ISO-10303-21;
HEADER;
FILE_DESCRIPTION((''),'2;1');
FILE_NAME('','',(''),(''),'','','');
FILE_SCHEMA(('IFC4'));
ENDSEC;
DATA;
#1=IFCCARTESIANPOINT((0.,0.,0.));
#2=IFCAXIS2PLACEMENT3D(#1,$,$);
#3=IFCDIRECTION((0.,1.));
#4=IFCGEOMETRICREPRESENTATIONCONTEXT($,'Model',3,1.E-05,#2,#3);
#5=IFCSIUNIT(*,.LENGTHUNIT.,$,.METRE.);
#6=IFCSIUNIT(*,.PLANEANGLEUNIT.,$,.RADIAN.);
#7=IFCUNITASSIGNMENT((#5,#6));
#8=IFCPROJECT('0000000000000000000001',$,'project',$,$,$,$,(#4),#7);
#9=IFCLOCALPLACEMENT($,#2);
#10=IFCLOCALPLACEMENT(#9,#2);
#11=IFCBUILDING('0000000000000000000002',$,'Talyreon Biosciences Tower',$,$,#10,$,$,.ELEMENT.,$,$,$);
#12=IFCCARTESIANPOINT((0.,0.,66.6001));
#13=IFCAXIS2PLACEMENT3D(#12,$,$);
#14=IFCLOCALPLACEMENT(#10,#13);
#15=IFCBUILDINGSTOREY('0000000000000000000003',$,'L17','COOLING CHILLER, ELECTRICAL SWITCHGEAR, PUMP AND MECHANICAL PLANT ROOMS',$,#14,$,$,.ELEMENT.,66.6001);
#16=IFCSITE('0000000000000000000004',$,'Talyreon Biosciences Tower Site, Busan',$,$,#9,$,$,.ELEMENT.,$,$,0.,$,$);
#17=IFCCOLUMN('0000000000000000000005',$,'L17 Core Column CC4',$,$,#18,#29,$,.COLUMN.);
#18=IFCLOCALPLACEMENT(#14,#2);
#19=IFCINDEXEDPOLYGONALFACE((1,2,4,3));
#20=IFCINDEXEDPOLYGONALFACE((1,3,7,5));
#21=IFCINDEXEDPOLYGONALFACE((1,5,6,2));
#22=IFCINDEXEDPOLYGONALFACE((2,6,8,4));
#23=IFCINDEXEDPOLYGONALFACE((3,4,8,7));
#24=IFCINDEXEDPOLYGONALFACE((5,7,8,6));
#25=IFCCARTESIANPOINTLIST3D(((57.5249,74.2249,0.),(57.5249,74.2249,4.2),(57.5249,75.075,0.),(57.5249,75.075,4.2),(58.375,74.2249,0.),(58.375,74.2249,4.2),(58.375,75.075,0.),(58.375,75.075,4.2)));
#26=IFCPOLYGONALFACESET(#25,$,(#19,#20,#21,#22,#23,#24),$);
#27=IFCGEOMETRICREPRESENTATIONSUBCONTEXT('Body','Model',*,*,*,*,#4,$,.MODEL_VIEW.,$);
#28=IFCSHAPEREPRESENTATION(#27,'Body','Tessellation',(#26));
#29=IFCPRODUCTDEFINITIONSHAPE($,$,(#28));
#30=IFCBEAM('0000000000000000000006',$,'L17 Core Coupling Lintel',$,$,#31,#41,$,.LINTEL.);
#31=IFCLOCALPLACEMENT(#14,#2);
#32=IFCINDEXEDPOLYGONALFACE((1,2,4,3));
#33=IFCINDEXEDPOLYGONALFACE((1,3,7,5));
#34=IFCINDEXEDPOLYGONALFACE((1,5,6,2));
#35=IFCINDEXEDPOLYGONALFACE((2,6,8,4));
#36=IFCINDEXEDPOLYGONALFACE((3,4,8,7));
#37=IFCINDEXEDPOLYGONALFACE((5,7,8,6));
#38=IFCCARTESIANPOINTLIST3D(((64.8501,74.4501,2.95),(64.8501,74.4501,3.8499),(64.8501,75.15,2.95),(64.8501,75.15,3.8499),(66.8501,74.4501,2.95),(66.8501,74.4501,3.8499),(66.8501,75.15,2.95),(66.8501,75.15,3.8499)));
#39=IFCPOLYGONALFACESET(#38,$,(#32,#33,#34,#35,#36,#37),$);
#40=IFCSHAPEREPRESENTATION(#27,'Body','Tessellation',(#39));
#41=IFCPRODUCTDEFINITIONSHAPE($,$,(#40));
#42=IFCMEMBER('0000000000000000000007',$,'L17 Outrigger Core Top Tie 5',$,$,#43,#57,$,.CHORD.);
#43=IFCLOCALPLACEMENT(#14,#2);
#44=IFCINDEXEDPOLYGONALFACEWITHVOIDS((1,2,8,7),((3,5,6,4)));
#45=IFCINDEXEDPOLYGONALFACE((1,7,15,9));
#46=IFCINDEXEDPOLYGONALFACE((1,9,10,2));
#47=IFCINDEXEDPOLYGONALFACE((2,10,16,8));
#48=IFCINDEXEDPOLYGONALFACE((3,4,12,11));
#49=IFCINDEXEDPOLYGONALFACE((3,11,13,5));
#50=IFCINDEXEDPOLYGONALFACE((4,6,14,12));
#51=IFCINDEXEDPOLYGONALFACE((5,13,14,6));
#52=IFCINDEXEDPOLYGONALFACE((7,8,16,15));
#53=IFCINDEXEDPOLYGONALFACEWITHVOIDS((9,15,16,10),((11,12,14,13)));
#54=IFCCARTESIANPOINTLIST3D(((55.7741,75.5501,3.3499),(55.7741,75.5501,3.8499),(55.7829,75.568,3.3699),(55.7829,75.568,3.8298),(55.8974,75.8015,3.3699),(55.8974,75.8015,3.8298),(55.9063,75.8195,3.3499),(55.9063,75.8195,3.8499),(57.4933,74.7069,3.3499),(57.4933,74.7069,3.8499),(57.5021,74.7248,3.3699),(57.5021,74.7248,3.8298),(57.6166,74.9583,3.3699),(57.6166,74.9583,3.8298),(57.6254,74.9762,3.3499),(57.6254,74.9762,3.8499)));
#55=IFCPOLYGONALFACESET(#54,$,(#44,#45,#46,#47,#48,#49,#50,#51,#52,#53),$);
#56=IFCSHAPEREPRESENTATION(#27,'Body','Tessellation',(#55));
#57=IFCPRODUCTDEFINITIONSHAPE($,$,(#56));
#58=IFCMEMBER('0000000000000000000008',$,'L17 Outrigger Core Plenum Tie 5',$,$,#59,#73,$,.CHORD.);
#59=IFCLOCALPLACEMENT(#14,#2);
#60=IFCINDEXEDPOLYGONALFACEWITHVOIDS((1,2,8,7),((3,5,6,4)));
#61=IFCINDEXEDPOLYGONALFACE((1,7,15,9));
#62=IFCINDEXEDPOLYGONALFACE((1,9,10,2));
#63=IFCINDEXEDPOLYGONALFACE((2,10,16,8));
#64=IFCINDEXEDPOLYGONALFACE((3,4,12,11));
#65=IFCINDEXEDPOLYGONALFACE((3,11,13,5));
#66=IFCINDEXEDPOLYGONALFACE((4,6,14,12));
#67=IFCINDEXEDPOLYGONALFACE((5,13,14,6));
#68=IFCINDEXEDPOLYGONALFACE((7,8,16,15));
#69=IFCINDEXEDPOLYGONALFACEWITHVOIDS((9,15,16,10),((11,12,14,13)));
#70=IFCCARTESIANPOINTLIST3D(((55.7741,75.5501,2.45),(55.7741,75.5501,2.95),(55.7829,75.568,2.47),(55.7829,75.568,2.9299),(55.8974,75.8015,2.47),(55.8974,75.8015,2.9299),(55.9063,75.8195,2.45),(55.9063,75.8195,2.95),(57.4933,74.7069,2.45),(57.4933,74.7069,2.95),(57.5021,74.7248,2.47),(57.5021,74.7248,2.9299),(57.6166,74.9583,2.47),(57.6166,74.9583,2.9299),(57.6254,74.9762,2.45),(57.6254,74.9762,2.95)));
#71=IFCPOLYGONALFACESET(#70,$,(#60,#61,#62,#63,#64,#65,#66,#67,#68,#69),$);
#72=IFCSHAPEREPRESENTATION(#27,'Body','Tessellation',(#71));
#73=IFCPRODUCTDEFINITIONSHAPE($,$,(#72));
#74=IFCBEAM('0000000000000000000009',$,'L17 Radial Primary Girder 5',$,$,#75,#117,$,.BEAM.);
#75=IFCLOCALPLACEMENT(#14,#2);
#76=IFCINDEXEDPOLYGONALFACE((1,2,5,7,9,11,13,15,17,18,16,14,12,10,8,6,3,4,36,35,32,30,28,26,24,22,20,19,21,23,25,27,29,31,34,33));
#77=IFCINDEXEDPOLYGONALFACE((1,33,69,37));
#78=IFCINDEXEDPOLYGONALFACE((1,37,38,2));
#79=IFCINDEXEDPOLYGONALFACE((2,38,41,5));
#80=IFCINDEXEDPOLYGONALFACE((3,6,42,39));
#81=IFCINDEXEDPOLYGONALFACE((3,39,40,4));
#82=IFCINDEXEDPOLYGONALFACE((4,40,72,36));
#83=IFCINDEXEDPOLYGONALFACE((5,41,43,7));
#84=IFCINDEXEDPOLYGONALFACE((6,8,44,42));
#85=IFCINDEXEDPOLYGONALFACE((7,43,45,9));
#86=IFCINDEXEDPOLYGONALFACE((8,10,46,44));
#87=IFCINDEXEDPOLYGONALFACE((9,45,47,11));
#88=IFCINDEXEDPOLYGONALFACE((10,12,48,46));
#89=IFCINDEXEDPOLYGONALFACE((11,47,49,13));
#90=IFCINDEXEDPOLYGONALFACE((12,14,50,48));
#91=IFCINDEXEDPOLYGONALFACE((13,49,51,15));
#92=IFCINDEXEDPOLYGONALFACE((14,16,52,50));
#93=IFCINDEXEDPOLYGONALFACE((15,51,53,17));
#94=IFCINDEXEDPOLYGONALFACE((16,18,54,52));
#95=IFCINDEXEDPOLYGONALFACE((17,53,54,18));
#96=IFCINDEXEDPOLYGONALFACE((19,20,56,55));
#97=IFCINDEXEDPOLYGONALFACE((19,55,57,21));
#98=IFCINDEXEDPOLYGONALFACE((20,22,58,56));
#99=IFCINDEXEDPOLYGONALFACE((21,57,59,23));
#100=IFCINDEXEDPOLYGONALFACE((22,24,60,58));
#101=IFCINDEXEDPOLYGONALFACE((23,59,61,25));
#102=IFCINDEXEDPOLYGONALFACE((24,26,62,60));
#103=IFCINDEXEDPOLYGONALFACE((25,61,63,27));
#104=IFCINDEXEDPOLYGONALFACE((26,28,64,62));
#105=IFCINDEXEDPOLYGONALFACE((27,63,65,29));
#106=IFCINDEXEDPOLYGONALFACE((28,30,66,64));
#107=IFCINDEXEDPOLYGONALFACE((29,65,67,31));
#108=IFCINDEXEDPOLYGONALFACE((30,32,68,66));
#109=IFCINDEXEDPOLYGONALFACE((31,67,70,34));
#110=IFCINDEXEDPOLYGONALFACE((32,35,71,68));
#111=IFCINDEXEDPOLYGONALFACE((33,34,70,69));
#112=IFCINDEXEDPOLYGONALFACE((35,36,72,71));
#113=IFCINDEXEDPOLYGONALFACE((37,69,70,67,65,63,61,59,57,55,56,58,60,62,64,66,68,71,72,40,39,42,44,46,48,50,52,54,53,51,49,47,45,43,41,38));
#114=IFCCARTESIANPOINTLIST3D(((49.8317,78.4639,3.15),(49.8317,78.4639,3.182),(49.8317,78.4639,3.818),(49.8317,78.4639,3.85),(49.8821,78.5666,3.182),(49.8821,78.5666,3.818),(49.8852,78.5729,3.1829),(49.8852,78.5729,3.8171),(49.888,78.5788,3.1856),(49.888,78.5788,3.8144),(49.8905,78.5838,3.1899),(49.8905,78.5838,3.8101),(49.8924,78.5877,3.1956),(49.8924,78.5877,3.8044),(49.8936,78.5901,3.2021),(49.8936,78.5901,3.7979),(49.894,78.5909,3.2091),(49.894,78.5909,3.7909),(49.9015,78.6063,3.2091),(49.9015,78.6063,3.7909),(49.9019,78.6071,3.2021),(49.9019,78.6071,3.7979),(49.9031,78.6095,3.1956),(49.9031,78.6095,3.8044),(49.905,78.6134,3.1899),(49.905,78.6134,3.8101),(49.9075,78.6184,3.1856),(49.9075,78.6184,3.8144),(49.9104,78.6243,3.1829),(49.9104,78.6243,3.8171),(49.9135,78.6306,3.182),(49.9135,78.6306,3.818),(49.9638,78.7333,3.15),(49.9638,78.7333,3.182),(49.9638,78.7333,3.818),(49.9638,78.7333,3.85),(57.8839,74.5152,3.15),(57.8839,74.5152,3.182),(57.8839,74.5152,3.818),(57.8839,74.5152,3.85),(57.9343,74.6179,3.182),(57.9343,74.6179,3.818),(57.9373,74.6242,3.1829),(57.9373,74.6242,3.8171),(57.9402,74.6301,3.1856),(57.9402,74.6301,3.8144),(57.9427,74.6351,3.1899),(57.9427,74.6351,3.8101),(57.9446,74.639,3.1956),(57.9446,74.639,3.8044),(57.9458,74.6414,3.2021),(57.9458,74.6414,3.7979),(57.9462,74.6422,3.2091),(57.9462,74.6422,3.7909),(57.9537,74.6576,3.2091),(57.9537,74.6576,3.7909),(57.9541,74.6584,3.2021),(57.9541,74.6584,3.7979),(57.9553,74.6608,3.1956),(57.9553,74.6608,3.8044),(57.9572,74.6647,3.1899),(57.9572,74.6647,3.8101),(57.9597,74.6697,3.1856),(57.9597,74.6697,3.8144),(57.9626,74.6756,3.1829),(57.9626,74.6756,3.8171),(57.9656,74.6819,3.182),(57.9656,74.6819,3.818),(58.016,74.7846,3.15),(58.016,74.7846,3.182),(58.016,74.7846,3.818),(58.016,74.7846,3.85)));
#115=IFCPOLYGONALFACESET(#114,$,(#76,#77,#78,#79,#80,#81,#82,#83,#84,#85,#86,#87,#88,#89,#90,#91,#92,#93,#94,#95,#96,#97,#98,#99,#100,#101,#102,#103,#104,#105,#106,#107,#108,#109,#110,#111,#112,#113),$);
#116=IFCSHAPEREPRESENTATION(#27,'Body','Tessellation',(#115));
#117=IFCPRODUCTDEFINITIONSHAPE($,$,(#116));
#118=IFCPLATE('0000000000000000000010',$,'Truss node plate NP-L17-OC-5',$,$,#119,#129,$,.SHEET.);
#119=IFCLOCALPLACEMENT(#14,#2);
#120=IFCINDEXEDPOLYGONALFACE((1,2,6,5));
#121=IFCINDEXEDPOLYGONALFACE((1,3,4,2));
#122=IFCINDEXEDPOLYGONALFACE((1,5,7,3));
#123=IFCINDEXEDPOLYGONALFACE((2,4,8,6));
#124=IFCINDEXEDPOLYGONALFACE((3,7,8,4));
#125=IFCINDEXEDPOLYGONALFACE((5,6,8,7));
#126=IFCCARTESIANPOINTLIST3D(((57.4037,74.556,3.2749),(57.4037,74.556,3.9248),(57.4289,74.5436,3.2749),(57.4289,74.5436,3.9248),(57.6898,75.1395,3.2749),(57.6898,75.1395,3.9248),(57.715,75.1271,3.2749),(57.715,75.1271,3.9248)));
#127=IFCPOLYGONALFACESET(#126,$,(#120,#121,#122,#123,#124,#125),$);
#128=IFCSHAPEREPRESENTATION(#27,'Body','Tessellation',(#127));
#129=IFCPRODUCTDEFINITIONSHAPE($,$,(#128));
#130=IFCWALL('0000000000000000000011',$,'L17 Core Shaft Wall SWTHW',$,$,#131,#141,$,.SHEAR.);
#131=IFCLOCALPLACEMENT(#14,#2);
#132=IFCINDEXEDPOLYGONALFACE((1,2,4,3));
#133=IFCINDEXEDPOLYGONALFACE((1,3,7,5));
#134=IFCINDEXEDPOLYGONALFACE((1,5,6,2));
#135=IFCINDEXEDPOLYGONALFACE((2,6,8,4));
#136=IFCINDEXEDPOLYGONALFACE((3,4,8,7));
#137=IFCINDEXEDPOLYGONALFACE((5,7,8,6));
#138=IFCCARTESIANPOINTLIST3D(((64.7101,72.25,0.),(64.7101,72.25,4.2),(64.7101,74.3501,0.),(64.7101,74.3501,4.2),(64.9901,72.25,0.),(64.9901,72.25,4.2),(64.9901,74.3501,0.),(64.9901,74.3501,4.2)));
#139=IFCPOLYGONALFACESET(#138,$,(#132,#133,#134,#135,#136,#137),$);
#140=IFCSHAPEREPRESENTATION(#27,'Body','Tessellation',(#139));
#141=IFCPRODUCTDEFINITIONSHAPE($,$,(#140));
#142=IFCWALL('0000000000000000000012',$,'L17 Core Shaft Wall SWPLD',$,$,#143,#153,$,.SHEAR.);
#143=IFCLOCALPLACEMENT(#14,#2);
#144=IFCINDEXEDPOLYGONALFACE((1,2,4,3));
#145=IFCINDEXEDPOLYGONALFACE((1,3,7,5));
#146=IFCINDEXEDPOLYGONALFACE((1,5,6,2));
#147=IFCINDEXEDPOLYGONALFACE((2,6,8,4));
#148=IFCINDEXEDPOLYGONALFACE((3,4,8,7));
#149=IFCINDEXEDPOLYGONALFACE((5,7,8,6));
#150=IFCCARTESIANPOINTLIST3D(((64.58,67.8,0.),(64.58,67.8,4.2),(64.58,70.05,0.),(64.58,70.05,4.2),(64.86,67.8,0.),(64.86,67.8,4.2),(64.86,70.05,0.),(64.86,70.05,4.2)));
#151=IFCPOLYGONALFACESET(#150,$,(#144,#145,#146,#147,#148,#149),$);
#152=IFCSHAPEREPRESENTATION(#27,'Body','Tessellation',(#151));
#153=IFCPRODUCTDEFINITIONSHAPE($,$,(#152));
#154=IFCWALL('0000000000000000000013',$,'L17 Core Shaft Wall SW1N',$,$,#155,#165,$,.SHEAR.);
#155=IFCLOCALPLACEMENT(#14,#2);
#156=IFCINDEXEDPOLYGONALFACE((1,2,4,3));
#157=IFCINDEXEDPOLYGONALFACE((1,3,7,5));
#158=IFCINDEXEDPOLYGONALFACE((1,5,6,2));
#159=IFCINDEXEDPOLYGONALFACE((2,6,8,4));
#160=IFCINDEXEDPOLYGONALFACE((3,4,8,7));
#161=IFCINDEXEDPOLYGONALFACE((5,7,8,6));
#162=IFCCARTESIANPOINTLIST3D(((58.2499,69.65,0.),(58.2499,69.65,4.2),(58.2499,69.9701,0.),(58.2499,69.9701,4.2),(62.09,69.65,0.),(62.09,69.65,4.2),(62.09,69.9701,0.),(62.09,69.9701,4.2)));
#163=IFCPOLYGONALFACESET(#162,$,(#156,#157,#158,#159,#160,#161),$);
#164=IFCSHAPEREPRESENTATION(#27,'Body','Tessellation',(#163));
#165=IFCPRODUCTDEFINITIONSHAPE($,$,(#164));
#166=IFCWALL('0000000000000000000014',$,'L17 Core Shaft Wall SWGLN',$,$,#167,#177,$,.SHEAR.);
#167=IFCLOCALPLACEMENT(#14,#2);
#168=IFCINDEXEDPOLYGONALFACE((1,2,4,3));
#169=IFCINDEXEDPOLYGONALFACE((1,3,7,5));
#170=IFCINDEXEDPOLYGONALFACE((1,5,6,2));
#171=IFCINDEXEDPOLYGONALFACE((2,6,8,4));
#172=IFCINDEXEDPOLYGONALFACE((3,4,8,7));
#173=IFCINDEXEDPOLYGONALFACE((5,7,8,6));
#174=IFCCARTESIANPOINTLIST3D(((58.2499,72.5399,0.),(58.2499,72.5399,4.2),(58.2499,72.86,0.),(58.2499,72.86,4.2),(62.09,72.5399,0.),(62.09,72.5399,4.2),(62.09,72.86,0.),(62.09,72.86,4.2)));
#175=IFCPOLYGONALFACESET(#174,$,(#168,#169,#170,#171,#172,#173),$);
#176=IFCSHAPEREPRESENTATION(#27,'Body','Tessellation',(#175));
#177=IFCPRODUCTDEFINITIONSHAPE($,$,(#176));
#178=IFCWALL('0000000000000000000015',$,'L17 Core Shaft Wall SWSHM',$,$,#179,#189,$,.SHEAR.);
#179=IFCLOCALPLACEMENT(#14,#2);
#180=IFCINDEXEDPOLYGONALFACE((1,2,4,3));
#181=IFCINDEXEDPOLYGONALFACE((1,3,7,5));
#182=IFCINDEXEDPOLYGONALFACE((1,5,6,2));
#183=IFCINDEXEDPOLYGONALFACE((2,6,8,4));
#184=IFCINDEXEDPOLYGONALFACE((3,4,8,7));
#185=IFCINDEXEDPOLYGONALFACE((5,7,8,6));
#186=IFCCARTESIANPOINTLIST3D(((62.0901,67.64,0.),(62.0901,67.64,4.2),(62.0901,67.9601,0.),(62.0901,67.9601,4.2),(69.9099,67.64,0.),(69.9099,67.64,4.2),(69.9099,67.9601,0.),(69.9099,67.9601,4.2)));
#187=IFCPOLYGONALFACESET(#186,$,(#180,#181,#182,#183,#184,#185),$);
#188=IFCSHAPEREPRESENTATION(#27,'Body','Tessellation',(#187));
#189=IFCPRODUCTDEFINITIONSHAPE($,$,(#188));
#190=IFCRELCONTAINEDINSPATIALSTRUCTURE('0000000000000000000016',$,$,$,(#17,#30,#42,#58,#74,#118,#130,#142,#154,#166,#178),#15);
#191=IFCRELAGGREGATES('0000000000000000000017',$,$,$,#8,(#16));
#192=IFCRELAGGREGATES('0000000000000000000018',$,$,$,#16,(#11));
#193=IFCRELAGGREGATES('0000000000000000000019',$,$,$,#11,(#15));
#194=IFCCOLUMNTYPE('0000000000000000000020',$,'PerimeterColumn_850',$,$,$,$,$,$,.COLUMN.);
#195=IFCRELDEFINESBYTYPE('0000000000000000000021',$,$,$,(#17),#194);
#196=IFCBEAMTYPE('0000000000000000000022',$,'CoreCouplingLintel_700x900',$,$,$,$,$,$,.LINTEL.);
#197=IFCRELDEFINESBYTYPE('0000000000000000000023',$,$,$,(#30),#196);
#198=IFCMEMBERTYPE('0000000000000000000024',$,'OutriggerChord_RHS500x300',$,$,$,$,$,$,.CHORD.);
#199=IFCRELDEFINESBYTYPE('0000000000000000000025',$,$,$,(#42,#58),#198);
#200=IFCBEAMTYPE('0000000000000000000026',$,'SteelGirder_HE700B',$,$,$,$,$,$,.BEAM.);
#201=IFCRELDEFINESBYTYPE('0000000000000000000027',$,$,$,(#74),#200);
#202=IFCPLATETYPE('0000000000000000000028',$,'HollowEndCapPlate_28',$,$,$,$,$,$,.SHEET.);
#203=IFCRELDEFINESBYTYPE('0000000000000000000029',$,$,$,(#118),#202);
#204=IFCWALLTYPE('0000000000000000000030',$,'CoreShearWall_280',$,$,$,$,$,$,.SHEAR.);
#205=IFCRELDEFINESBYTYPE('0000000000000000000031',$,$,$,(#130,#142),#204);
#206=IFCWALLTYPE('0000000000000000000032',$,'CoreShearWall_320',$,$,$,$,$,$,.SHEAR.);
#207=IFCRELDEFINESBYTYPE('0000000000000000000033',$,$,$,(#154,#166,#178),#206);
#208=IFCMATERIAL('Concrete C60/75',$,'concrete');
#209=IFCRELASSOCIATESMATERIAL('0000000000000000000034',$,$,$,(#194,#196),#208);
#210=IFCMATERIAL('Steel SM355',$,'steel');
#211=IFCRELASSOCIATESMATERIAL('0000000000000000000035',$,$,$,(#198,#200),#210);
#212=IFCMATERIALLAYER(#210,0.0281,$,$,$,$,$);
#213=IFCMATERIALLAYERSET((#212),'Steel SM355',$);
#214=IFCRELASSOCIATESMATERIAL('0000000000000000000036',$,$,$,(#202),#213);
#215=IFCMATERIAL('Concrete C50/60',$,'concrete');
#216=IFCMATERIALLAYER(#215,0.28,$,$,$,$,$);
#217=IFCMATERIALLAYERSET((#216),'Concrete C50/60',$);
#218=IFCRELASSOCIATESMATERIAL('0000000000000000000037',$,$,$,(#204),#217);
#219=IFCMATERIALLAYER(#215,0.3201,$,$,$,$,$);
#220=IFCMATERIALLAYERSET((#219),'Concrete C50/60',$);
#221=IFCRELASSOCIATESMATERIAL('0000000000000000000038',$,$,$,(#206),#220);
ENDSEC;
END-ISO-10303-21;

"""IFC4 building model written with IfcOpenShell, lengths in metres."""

from ifc_helpers import new_model, si_unit, direction, frame, frame_2d, origin, origin_2d, place, context, subcontext, project, spatial, rectangle, hollow_rectangle, i_section, extrude, material, layer, layer_set, material_profile, profile_set, type_object, element, save


model = new_model("IFC4")

# Units and contexts
model_context = context("Model", 3, precision=1e-05, world=origin(), true_north=direction((0.0, 1.0)))
body_context = subcontext(model_context, "Body", "Model", "MODEL_VIEW")
ifc_project = project(units=[si_unit("LENGTHUNIT", "METRE"), si_unit("PLANEANGLEUNIT", "RADIAN")], contexts=[model_context])

# Site, building, storey
site_placement = place(None, origin())
site = spatial("IfcSite", under=ifc_project, at=site_placement, Name="Talyreon Biosciences Tower Site, Busan", CompositionType="ELEMENT", RefElevation=0.0)
building_placement = place(site_placement, origin())
building = spatial("IfcBuilding", under=site, at=building_placement, Name="Talyreon Biosciences Tower", CompositionType="ELEMENT")
storey_placement = place(building_placement, frame((0.0, 0.0, 66.6001)))
storey = spatial("IfcBuildingStorey", under=building, at=storey_placement, Name="L17", Description="COOLING CHILLER, ELECTRICAL SWITCHGEAR, PUMP AND MECHANICAL PLANT ROOMS", CompositionType="ELEMENT", Elevation=66.6001)

# Column
ifc_material_1 = material(Name="Concrete C60/75", Category="concrete")
ifc_material_profile_1 = material_profile(ifc_material_1, rectangle(XDim=0.8501, YDim=0.8501, at=origin_2d()), Name="RC 850x850")
ifc_profile_set_1 = profile_set([ifc_material_profile_1], Name="Concrete C60/75")
column_type = type_object("IfcColumnType", Name="PerimeterColumn_850", PredefinedType="COLUMN", material=ifc_profile_set_1)
column_placement = place(storey_placement, frame((57.95, 74.6499, 0.0), z_axis=(0.0, 0.0, 1.0), x_axis=(1.0, 0.0, 0.0)))
element("IfcColumn", 1, at=column_placement, inside=storey, type_object=column_type, Name="L17 Core Column CC4", PredefinedType="COLUMN", context=body_context, shape_type="SweptSolid", body=[
    extrude(rectangle(XDim=0.8501, YDim=0.8501, at=origin_2d()), origin(), (0.0, 0.0, 1.0), 4.2),
])

# Beam
ifc_material_profile_2 = material_profile(ifc_material_1, rectangle(XDim=0.7, YDim=0.8999, at=origin_2d()), Name="RCB 700x900")
ifc_profile_set_2 = profile_set([ifc_material_profile_2], Name="Concrete C60/75")
beam_type_1 = type_object("IfcBeamType", Name="CoreCouplingLintel_700x900", PredefinedType="LINTEL", material=ifc_profile_set_2)
beam_1_placement = place(storey_placement, frame((64.8501, 74.8, 3.3999), z_axis=(1.0, 0.0, 0.0), x_axis=(0.0, 1.0, 0.0)))
element("IfcBeam", 2, at=beam_1_placement, inside=storey, type_object=beam_type_1, Name="L17 Core Coupling Lintel", PredefinedType="LINTEL", context=body_context, shape_type="SweptSolid", body=[
    extrude(rectangle(XDim=0.7, YDim=0.8999, at=origin_2d()), origin(), (0.0, 0.0, 1.0), 2.0),
])

# Members
ifc_material_2 = material(Name="Steel SM355", Category="steel")
ifc_material_profile_3 = material_profile(ifc_material_2, hollow_rectangle(XDim=0.3, YDim=0.5, WallThickness=0.02, at=origin_2d()), Name="RHS 500x300x20")
ifc_profile_set_3 = profile_set([ifc_material_profile_3], Name="Steel SM355")
member_type = type_object("IfcMemberType", Name="OutriggerChord_RHS500x300", PredefinedType="CHORD", material=ifc_profile_set_3)
for number, where, z_axis, x_axis, name in (
    (3, (57.5593, 74.8416, 3.5999), (-0.897818, 0.440367, 0.0), (-0.440367, -0.897818, 0.0), "L17 Outrigger Core Top Tie 5"),
    (4, (57.5593, 74.8416, 2.7), (-0.897818, 0.440367, 0.0), (-0.440367, -0.897818, 0.0), "L17 Outrigger Core Plenum Tie 5"),
):
    element("IfcMember", number, at=place(storey_placement, frame(where, z_axis=z_axis, x_axis=x_axis)), inside=storey, type_object=member_type, Name=name, PredefinedType="CHORD", context=body_context, shape_type="SweptSolid", body=[
        extrude(hollow_rectangle(XDim=0.3, YDim=0.5, WallThickness=0.02, at=origin_2d()), origin(), (0.0, 0.0, 1.0), 1.9148),
    ])

# Beam
ifc_material_profile_4 = material_profile(ifc_material_2, i_section(OverallWidth=0.3, OverallDepth=0.7, WebThickness=0.0171, FlangeThickness=0.032, FilletRadius=0.0271, at=origin_2d()), Name="HE700B")
ifc_profile_set_4 = profile_set([ifc_material_profile_4], Name="Steel SM355")
beam_type_2 = type_object("IfcBeamType", Name="SteelGirder_HE700B", PredefinedType="BEAM", material=ifc_profile_set_4)
beam_2_placement = place(storey_placement, frame((57.95, 74.6499, 3.5), z_axis=(-0.897852, 0.440297, 0.0), x_axis=(-0.440297, -0.897852, 0.0)))
element("IfcBeam", 5, at=beam_2_placement, inside=storey, type_object=beam_type_2, Name="L17 Radial Primary Girder 5", PredefinedType="BEAM", context=body_context, shape_type="SweptSolid", body=[
    extrude(i_section(OverallWidth=0.3, OverallDepth=0.7, WebThickness=0.0171, FlangeThickness=0.032, FilletRadius=0.0271, at=origin_2d()), origin(), (0.0, 0.0, 1.0), 8.9683),
])

# Plate
ifc_layer_1 = layer(ifc_material_2, 0.0281)
ifc_layer_set_1 = layer_set([ifc_layer_1], Name="Steel SM355")
plate_type = type_object("IfcPlateType", Name="HollowEndCapPlate_28", PredefinedType="SHEET", material=ifc_layer_set_1)
plate_placement = place(storey_placement, frame((57.5593, 74.8416, 3.2749), z_axis=(0.0, 0.0, 1.0), x_axis=(-0.440284, -0.897859, 0.0)))
element("IfcPlate", 6, at=plate_placement, inside=storey, type_object=plate_type, Name="Truss node plate NP-L17-OC-5", PredefinedType="SHEET", context=body_context, shape_type="SweptSolid", body=[
    extrude(rectangle(XDim=0.6499, YDim=0.0281, at=origin_2d()), origin(), (0.0, 0.0, 1.0), 0.6499),
])

# Walls
ifc_material_3 = material(Name="Concrete C50/60", Category="concrete")
ifc_layer_2 = layer(ifc_material_3, 0.28)
ifc_layer_set_2 = layer_set([ifc_layer_2], Name="Concrete C50/60")
wall_type_1 = type_object("IfcWallType", Name="CoreShearWall_280", PredefinedType="SHEAR", material=ifc_layer_set_2)
wall_1_placement = place(storey_placement, frame((64.8501, 72.25, 0.0), z_axis=(0.0, 0.0, 1.0), x_axis=(0.0, 1.0, 0.0)))
element("IfcWall", 7, at=wall_1_placement, inside=storey, type_object=wall_type_1, Name="L17 Core Shaft Wall SWTHW", PredefinedType="SHEAR", context=body_context, shape_type="SweptSolid", body=[
    extrude(rectangle(XDim=2.1001, YDim=0.28, at=frame_2d((1.05, 0.0))), origin(), (0.0, 0.0, 1.0), 4.2),
])
wall_2_placement = place(storey_placement, frame((64.72, 67.8, 0.0), z_axis=(0.0, 0.0, 1.0), x_axis=(0.0, 1.0, 0.0)))
element("IfcWall", 8, at=wall_2_placement, inside=storey, type_object=wall_type_1, Name="L17 Core Shaft Wall SWPLD", PredefinedType="SHEAR", context=body_context, shape_type="SweptSolid", body=[
    extrude(rectangle(XDim=2.25, YDim=0.28, at=frame_2d((1.125, 0.0))), origin(), (0.0, 0.0, 1.0), 4.2),
])
ifc_layer_3 = layer(ifc_material_3, 0.3201)
ifc_layer_set_3 = layer_set([ifc_layer_3], Name="Concrete C50/60")
wall_type_2 = type_object("IfcWallType", Name="CoreShearWall_320", PredefinedType="SHEAR", material=ifc_layer_set_3)
for number, where, z_axis, x_axis, name in (
    (9, (58.25, 69.8101, 0.0), (0.0, 0.0, 1.0), (1.0, 0.0, 0.0), "L17 Core Shaft Wall SW1N"),
    (10, (58.25, 72.7, 0.0), (0.0, 0.0, 1.0), (1.0, 0.0, 0.0), "L17 Core Shaft Wall SWGLN"),
):
    element("IfcWall", number, at=place(storey_placement, frame(where, z_axis=z_axis, x_axis=x_axis)), inside=storey, type_object=wall_type_2, Name=name, PredefinedType="SHEAR", context=body_context, shape_type="SweptSolid", body=[
        extrude(rectangle(XDim=3.8401, YDim=0.3201, at=frame_2d((1.9199, 0.0))), origin(), (0.0, 0.0, 1.0), 4.2),
    ])
for number, where, z_axis, x_axis, name in (
    (11, (62.0901, 67.8, 0.0), (0.0, 0.0, 1.0), (1.0, 0.0, 0.0), "L17 Core Shaft Wall SWSHM"),
):
    element("IfcWall", number, at=place(storey_placement, frame(where, z_axis=z_axis, x_axis=x_axis)), inside=storey, type_object=wall_type_2, Name=name, PredefinedType="SHEAR", context=body_context, shape_type="SweptSolid", body=[
        extrude(rectangle(XDim=7.8198, YDim=0.3201, at=frame_2d((3.9099, 0.0))), origin(), (0.0, 0.0, 1.0), 4.2),
    ])

save(model, "model.ifc")
